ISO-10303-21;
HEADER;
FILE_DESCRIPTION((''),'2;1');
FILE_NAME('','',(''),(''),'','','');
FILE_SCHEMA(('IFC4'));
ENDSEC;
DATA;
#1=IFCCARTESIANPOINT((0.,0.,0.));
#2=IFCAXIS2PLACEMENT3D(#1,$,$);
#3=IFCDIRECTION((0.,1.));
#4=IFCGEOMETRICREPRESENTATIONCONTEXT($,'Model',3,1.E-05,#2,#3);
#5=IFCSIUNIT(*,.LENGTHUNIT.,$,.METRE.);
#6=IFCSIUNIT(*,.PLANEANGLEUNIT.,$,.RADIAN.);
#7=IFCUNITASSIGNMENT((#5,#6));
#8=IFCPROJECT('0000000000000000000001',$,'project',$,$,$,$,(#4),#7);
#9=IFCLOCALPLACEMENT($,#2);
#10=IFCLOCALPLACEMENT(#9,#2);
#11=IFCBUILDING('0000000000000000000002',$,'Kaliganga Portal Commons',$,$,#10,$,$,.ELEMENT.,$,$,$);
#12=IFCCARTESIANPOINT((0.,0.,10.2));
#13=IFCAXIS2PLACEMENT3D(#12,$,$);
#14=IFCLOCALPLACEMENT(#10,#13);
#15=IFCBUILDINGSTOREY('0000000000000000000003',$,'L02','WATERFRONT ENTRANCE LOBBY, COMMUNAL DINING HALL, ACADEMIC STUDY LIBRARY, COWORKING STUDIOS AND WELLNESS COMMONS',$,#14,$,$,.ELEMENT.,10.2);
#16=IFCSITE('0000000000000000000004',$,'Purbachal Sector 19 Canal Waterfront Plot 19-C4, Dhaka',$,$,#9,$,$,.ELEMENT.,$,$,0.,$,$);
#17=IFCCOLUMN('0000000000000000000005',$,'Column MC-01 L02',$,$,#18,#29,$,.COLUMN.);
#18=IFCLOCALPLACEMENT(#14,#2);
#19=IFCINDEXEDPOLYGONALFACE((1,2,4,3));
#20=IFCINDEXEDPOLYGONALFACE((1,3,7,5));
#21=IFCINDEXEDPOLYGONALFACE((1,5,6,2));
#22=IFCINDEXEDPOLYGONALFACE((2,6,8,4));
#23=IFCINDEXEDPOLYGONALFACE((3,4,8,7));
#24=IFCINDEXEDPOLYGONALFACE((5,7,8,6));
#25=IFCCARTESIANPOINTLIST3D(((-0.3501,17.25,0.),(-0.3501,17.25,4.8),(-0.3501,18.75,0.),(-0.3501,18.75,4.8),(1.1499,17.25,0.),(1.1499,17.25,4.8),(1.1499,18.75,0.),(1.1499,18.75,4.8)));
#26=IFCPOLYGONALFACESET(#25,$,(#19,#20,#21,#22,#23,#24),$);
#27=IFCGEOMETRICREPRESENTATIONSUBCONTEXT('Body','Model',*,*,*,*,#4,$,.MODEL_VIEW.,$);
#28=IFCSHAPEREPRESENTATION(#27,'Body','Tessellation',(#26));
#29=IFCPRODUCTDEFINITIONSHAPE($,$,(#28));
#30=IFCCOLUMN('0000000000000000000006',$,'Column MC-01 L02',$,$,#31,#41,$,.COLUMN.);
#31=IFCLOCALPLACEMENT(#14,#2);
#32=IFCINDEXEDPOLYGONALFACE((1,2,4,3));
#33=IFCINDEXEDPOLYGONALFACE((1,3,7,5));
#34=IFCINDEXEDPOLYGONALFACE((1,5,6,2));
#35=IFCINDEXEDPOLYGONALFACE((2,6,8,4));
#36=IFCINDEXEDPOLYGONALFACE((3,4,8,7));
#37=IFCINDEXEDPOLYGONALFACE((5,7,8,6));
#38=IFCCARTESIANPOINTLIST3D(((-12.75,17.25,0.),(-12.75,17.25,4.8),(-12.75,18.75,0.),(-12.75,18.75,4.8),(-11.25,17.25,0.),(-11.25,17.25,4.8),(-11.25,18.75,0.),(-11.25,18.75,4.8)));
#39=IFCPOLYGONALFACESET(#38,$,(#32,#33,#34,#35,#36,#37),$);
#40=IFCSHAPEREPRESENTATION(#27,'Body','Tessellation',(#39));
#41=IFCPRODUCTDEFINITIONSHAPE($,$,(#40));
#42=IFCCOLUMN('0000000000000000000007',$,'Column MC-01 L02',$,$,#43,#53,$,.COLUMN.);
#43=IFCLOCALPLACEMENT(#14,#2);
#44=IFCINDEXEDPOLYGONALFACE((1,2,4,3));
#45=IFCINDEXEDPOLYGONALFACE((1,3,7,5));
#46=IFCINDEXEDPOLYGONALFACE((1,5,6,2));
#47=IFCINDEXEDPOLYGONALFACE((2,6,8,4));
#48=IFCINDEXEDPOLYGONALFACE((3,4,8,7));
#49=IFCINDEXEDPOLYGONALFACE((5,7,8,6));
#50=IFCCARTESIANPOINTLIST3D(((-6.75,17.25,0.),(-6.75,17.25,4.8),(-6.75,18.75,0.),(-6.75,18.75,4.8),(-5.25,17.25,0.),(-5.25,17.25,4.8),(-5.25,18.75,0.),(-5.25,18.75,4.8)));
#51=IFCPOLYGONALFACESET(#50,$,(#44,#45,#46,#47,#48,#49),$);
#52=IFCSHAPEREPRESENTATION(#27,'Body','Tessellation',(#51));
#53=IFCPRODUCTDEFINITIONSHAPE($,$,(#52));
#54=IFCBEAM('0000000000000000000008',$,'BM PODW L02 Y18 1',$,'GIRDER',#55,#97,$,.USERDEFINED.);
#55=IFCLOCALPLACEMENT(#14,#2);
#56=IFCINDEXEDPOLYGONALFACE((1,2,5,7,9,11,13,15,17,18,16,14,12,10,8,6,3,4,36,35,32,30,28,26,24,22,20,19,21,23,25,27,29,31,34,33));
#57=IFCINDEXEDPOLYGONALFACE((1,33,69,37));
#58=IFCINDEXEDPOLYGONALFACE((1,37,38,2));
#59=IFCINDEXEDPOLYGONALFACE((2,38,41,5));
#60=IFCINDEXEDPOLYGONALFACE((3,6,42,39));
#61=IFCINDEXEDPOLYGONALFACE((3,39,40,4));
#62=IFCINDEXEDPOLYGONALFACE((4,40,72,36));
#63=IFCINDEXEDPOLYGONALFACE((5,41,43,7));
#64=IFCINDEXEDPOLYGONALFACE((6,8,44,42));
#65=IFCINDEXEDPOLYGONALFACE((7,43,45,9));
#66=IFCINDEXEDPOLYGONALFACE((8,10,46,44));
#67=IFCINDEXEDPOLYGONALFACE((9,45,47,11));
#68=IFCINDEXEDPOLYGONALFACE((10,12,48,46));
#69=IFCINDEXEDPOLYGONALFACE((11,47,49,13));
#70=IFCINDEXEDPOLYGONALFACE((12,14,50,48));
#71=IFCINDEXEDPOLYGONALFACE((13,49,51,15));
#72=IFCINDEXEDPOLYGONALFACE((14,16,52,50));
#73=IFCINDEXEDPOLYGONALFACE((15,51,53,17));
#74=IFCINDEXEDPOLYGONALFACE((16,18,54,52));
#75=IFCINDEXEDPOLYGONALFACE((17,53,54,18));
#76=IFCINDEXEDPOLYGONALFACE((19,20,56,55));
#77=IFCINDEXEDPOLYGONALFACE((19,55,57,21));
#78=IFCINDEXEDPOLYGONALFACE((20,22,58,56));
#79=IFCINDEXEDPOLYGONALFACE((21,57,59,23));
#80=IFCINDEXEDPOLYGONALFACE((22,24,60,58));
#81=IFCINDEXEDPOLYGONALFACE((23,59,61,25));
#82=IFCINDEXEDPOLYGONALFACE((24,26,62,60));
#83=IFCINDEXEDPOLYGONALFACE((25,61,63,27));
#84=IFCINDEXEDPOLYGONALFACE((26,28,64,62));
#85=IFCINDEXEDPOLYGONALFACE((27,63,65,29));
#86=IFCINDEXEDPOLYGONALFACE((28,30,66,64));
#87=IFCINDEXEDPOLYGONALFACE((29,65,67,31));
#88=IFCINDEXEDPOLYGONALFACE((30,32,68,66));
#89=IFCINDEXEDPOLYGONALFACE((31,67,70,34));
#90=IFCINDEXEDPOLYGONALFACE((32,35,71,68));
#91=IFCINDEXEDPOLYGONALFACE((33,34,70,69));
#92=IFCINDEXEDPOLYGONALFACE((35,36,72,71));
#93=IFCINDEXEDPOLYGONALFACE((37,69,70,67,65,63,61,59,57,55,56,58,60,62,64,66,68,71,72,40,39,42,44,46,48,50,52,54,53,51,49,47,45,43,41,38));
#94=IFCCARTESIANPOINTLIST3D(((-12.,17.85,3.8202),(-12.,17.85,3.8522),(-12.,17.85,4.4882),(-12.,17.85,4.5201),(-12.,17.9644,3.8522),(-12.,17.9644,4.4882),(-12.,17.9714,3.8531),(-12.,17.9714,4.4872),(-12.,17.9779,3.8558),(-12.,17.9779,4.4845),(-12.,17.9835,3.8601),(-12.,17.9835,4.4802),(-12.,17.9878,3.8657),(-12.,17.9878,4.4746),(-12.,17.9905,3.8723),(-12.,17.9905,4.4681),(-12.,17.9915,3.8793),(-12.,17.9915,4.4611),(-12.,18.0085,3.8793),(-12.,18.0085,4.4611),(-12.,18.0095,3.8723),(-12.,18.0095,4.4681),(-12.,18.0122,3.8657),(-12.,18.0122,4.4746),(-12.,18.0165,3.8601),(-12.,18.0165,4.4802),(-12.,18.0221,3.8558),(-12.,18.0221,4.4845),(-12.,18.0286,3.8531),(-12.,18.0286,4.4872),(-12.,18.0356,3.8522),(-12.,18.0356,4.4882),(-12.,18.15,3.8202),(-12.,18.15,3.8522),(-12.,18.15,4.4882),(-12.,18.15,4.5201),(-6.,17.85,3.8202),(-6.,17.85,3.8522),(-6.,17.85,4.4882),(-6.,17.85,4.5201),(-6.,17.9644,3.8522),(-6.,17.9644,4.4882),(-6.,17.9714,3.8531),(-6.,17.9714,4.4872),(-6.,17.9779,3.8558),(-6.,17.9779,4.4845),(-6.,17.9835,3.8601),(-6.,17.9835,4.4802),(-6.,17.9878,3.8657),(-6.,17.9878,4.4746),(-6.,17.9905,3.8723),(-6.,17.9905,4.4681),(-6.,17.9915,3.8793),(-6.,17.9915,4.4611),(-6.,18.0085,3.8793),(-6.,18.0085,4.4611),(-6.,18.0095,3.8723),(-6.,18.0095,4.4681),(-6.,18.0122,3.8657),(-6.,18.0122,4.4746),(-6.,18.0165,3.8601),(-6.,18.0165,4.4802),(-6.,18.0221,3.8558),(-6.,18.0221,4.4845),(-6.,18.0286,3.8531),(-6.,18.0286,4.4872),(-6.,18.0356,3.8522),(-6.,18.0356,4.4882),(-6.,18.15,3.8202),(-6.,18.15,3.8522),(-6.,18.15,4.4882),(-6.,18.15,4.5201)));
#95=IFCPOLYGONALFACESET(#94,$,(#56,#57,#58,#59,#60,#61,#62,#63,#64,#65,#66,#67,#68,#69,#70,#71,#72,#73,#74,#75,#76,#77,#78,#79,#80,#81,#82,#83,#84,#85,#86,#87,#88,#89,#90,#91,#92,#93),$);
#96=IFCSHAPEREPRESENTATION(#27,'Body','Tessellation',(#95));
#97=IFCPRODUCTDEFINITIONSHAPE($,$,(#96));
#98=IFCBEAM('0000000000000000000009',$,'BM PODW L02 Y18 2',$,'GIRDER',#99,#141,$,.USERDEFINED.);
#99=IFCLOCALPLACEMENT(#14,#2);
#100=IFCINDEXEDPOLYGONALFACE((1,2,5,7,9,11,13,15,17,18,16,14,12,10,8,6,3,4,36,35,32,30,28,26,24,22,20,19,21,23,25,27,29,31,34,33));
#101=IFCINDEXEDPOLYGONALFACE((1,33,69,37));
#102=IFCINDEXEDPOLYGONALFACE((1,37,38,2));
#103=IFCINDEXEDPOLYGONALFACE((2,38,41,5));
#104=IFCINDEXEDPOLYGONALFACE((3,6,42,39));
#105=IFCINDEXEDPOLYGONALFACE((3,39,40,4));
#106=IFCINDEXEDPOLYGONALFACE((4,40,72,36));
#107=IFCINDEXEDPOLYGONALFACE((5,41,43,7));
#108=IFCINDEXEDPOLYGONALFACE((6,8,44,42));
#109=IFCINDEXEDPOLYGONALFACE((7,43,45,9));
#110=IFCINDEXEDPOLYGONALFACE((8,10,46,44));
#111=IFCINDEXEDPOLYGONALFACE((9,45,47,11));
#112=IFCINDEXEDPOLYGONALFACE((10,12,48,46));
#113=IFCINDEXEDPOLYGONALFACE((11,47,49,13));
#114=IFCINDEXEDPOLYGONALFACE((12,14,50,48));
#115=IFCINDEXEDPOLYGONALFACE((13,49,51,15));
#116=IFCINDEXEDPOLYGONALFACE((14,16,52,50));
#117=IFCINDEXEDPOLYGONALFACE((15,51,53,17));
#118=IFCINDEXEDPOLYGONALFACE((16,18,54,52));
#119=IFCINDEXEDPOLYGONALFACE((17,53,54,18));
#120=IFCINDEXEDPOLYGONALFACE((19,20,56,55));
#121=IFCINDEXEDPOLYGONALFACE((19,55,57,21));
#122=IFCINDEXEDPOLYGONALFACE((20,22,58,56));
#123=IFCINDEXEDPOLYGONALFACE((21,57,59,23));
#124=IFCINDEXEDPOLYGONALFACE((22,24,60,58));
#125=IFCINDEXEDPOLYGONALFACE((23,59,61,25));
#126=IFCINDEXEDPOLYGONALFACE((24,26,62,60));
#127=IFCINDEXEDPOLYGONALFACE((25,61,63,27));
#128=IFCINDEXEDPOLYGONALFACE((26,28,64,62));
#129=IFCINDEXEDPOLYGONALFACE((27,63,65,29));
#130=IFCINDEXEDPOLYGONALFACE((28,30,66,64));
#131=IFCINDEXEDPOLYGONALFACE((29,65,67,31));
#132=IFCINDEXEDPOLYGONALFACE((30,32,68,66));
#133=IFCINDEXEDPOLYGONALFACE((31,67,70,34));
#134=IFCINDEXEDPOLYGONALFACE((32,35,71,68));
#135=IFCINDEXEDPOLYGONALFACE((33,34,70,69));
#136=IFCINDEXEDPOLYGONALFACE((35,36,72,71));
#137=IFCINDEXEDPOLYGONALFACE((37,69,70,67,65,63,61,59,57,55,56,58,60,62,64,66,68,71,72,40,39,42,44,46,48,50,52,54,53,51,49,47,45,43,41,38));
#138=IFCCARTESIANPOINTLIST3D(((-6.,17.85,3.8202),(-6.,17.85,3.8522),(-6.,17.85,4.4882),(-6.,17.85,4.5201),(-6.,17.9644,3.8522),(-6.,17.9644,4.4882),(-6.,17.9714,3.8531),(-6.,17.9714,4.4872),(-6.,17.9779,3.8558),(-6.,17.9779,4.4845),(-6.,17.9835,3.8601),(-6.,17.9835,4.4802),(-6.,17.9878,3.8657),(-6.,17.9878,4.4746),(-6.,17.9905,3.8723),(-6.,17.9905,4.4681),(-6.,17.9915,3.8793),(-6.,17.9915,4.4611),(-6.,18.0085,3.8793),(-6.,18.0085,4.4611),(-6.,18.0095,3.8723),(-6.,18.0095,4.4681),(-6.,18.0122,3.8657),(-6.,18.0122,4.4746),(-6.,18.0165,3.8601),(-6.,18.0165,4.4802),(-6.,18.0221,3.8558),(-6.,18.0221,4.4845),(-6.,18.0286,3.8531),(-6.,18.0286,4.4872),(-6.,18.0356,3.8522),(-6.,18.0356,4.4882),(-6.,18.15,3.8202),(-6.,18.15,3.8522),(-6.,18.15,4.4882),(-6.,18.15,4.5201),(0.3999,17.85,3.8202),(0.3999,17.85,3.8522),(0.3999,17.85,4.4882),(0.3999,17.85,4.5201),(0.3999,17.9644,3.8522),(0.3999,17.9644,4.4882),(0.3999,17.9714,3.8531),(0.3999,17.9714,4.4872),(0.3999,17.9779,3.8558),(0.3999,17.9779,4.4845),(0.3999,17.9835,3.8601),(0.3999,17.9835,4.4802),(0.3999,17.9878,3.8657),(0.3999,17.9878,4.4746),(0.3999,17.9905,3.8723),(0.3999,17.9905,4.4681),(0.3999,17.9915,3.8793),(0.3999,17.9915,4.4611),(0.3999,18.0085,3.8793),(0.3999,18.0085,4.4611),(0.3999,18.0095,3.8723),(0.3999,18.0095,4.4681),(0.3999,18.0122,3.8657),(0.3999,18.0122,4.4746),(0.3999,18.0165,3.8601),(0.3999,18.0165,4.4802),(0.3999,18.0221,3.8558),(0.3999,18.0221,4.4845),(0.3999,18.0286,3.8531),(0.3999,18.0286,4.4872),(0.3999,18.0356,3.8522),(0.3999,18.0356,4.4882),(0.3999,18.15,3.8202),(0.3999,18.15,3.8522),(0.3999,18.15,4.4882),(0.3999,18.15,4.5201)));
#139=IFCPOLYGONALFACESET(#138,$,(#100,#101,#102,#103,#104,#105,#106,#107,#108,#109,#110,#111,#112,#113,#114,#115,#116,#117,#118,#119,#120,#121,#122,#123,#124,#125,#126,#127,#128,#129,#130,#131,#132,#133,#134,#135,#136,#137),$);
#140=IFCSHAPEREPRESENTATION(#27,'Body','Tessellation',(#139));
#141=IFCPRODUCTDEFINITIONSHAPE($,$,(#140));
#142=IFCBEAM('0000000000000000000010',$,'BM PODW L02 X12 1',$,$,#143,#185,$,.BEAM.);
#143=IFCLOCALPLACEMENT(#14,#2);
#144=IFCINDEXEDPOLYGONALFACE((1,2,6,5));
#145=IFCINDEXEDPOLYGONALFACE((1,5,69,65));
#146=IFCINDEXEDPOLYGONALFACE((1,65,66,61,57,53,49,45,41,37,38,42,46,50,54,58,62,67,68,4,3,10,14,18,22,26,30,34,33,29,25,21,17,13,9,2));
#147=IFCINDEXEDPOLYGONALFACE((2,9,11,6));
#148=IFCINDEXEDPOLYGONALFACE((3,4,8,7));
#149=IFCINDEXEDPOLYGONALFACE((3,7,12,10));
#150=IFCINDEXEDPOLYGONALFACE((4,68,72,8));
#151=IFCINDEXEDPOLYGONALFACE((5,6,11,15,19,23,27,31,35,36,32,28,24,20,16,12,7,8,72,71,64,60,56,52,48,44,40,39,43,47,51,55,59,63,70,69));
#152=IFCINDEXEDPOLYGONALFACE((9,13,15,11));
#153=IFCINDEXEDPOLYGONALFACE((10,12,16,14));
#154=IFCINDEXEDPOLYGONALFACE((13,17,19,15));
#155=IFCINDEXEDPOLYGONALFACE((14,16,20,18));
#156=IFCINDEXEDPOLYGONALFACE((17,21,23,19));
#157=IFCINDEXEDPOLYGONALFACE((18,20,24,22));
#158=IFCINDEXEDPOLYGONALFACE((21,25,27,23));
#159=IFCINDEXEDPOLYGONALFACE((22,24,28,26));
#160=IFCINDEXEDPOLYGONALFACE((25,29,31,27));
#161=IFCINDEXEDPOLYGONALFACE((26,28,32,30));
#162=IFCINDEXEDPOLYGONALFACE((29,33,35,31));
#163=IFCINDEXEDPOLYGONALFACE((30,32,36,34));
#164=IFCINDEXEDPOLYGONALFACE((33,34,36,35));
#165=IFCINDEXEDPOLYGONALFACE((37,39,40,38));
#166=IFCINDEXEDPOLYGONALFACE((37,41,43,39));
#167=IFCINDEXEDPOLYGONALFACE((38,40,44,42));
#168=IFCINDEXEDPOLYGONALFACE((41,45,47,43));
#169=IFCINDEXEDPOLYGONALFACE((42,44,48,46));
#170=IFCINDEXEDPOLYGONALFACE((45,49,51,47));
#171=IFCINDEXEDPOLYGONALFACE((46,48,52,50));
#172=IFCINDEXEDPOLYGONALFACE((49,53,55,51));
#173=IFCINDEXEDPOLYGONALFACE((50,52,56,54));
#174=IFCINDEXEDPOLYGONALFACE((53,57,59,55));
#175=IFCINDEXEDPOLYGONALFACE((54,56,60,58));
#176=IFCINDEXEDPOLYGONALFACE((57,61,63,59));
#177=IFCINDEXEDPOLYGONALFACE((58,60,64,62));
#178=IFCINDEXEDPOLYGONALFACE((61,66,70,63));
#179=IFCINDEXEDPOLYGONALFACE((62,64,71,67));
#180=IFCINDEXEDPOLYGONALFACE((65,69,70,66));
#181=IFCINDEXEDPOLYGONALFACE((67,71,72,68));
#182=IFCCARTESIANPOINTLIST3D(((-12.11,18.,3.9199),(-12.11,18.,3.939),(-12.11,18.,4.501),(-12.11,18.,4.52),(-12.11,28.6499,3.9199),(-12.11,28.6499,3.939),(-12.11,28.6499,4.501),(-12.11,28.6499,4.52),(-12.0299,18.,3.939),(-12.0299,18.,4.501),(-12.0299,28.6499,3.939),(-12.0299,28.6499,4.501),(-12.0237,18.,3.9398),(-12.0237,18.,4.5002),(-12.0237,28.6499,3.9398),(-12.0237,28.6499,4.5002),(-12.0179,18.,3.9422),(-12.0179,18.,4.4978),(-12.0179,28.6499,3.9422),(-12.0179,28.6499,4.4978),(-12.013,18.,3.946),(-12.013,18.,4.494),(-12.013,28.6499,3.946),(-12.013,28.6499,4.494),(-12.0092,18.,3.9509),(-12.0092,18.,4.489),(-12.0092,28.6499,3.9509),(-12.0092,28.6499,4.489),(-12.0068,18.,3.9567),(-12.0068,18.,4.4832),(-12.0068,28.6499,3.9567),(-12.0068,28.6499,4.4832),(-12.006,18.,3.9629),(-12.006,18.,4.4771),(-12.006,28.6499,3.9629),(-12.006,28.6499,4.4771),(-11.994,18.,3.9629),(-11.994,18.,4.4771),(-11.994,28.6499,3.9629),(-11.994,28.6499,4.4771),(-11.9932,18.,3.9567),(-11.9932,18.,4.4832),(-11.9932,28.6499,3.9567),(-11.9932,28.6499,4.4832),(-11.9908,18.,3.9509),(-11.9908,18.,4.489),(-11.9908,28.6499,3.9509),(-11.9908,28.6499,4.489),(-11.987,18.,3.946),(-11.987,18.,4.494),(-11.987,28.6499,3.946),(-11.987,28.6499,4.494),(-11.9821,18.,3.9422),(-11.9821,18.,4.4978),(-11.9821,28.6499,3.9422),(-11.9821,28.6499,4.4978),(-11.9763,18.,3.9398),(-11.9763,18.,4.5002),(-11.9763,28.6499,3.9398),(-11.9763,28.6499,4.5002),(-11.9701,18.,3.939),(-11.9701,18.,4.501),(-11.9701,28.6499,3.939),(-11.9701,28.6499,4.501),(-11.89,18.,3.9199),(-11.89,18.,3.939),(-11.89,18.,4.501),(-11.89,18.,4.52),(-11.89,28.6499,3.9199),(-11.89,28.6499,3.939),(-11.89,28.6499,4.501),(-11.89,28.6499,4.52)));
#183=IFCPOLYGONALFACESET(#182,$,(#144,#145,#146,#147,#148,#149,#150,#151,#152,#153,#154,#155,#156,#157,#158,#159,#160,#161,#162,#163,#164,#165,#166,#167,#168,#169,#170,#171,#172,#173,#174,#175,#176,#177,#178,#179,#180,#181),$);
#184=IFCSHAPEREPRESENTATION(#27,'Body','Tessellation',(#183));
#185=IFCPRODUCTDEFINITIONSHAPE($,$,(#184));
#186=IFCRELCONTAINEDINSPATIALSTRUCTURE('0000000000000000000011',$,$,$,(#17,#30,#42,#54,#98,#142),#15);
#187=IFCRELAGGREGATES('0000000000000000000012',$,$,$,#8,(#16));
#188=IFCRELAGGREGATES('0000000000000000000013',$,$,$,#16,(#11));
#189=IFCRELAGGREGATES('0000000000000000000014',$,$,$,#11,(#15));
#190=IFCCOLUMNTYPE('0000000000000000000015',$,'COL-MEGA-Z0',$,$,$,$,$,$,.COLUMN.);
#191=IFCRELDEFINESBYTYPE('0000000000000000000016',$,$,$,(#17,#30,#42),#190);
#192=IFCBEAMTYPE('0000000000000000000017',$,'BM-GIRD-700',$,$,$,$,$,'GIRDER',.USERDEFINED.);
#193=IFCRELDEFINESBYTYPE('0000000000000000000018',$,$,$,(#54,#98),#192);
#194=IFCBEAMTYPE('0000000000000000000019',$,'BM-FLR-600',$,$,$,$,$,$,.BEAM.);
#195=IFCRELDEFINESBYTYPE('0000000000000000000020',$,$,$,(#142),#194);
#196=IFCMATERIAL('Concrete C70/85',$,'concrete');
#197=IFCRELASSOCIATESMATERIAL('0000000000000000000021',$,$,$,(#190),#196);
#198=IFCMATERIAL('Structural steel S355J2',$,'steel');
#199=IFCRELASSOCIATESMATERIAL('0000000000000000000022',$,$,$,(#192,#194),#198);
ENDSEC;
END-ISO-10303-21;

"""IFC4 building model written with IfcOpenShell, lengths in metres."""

from ifc_helpers import new_model, si_unit, direction, frame, origin, origin_2d, place, context, subcontext, project, spatial, rectangle, i_section, extrude, source, transform, mapped, material, material_profile, profile_set, type_object, element, save


model = new_model("IFC4")

# Units and contexts
model_context = context("Model", 3, precision=1e-05, world=origin(), true_north=direction((0.0, 1.0)))
body_context = subcontext(model_context, "Body", "Model", "MODEL_VIEW")
ifc_project = project(units=[si_unit("LENGTHUNIT", "METRE"), si_unit("PLANEANGLEUNIT", "RADIAN")], contexts=[model_context])

# Site, building, storey
site_placement = place(None, origin())
site = spatial("IfcSite", under=ifc_project, at=site_placement, Name="Purbachal Sector 19 Canal Waterfront Plot 19-C4, Dhaka", CompositionType="ELEMENT", RefElevation=0.0)
building_placement = place(site_placement, origin())
building = spatial("IfcBuilding", under=site, at=building_placement, Name="Kaliganga Portal Commons", CompositionType="ELEMENT")
storey_placement = place(building_placement, frame((0.0, 0.0, 10.2)))
storey = spatial("IfcBuildingStorey", under=building, at=storey_placement, Name="L02", Description="WATERFRONT ENTRANCE LOBBY, COMMUNAL DINING HALL, ACADEMIC STUDY LIBRARY, COWORKING STUDIOS AND WELLNESS COMMONS", CompositionType="ELEMENT", Elevation=10.2)

# Columns
ifc_material_1 = material(Name="Concrete C70/85", Category="concrete")
ifc_material_profile_1 = material_profile(ifc_material_1, rectangle(XDim=1.5, YDim=1.5, at=origin_2d()), Name="RC 1500x1500")
ifc_profile_set_1 = profile_set([ifc_material_profile_1], Name="Concrete C70/85")
column_type = type_object("IfcColumnType", Name="COL-MEGA-Z0", PredefinedType="COLUMN", material=ifc_profile_set_1)
shared_shape_1 = source(origin(), body_context, "Body", "SweptSolid", [
    extrude(rectangle(XDim=1.5, YDim=1.5, at=origin_2d()), origin(), (0.0, 0.0, 1.0), 4.8),
])
for number, where, z_axis, x_axis, name in (
    (1, (0.3999, 18.0, 0.0), (0.0, 0.0, 1.0), (1.0, 0.0, 0.0), "Column MC-01 L02"),
    (2, (-12.0, 18.0, 0.0), (0.0, 0.0, 1.0), (1.0, 0.0, 0.0), "Column MC-01 L02"),
    (3, (-6.0, 18.0, 0.0), (0.0, 0.0, 1.0), (1.0, 0.0, 0.0), "Column MC-01 L02"),
):
    element("IfcColumn", number, at=place(storey_placement, frame(where, z_axis=z_axis, x_axis=x_axis)), inside=storey, type_object=column_type, Name=name, PredefinedType="COLUMN", context=body_context, shape_type="MappedRepresentation", body=[
        mapped(shared_shape_1, transform((0.0, 0.0, 0.0), x_axis=(1.0, 0.0, 0.0), y_axis=(0.0, 1.0, 0.0), z_axis=(0.0, 0.0, 1.0), scale=1.0)),
    ])

# Beams
ifc_material_2 = material(Name="Structural steel S355J2", Category="steel")
ifc_material_profile_2 = material_profile(ifc_material_2, i_section(OverallWidth=0.3, OverallDepth=0.7, WebThickness=0.0171, FlangeThickness=0.032, FilletRadius=0.0271, at=origin_2d()), Name="HE 700 B")
ifc_profile_set_2 = profile_set([ifc_material_profile_2], Name="Structural steel S355J2 wide-flange")
beam_type_1 = type_object("IfcBeamType", Name="BM-GIRD-700", ElementType="GIRDER", PredefinedType="USERDEFINED", material=ifc_profile_set_2)
shared_shape_2 = source(origin(), body_context, "Body", "SweptSolid", [
    extrude(i_section(OverallWidth=0.3, OverallDepth=0.7, WebThickness=0.0171, FlangeThickness=0.032, FilletRadius=0.0271, at=origin_2d()), origin(), (0.0, 0.0, 1.0), 6.0),
])
beam_1_placement = place(storey_placement, frame((-12.0, 18.0, 4.1702), z_axis=(1.0, 0.0, 0.0), x_axis=(0.0, 1.0, 0.0)))
element("IfcBeam", 4, at=beam_1_placement, inside=storey, type_object=beam_type_1, Name="BM PODW L02 Y18 1", ObjectType="GIRDER", PredefinedType="USERDEFINED", context=body_context, shape_type="MappedRepresentation", body=[
    mapped(shared_shape_2, transform((0.0, 0.0, 0.0), x_axis=(1.0, 0.0, 0.0), y_axis=(0.0, 1.0, 0.0), z_axis=(0.0, 0.0, 1.0), scale=1.0)),
])
shared_shape_3 = source(origin(), body_context, "Body", "SweptSolid", [
    extrude(i_section(OverallWidth=0.3, OverallDepth=0.7, WebThickness=0.0171, FlangeThickness=0.032, FilletRadius=0.0271, at=origin_2d()), origin(), (0.0, 0.0, 1.0), 6.3999),
])
beam_2_placement = place(storey_placement, frame((-6.0, 18.0, 4.1702), z_axis=(1.0, 0.0, 0.0), x_axis=(0.0, 1.0, 0.0)))
element("IfcBeam", 5, at=beam_2_placement, inside=storey, type_object=beam_type_1, Name="BM PODW L02 Y18 2", ObjectType="GIRDER", PredefinedType="USERDEFINED", context=body_context, shape_type="MappedRepresentation", body=[
    mapped(shared_shape_3, transform((0.0, 0.0, 0.0), x_axis=(1.0, 0.0, 0.0), y_axis=(0.0, 1.0, 0.0), z_axis=(0.0, 0.0, 1.0), scale=1.0)),
])
ifc_material_profile_3 = material_profile(ifc_material_2, i_section(OverallWidth=0.22, OverallDepth=0.6001, WebThickness=0.012, FlangeThickness=0.019, FilletRadius=0.0239, at=origin_2d()), Name="IPE 600")
ifc_profile_set_3 = profile_set([ifc_material_profile_3], Name="Structural steel S355J2 wide-flange")
beam_type_2 = type_object("IfcBeamType", Name="BM-FLR-600", PredefinedType="BEAM", material=ifc_profile_set_3)
shared_shape_4 = source(origin(), body_context, "Body", "SweptSolid", [
    extrude(i_section(OverallWidth=0.22, OverallDepth=0.6001, WebThickness=0.012, FlangeThickness=0.019, FilletRadius=0.0239, at=origin_2d()), origin(), (0.0, 0.0, 1.0), 10.6499),
])
for number, where, z_axis, x_axis, name in (
    (6, (-12.0, 18.0, 4.22), (0.0, 1.0, 0.0), (-1.0, 0.0, 0.0), "BM PODW L02 X12 1"),
):
    element("IfcBeam", number, at=place(storey_placement, frame(where, z_axis=z_axis, x_axis=x_axis)), inside=storey, type_object=beam_type_2, Name=name, PredefinedType="BEAM", context=body_context, shape_type="MappedRepresentation", body=[
        mapped(shared_shape_4, transform((0.0, 0.0, 0.0), x_axis=(1.0, 0.0, 0.0), y_axis=(0.0, 1.0, 0.0), z_axis=(0.0, 0.0, 1.0), scale=1.0)),
    ])

save(model, "model.ifc")
